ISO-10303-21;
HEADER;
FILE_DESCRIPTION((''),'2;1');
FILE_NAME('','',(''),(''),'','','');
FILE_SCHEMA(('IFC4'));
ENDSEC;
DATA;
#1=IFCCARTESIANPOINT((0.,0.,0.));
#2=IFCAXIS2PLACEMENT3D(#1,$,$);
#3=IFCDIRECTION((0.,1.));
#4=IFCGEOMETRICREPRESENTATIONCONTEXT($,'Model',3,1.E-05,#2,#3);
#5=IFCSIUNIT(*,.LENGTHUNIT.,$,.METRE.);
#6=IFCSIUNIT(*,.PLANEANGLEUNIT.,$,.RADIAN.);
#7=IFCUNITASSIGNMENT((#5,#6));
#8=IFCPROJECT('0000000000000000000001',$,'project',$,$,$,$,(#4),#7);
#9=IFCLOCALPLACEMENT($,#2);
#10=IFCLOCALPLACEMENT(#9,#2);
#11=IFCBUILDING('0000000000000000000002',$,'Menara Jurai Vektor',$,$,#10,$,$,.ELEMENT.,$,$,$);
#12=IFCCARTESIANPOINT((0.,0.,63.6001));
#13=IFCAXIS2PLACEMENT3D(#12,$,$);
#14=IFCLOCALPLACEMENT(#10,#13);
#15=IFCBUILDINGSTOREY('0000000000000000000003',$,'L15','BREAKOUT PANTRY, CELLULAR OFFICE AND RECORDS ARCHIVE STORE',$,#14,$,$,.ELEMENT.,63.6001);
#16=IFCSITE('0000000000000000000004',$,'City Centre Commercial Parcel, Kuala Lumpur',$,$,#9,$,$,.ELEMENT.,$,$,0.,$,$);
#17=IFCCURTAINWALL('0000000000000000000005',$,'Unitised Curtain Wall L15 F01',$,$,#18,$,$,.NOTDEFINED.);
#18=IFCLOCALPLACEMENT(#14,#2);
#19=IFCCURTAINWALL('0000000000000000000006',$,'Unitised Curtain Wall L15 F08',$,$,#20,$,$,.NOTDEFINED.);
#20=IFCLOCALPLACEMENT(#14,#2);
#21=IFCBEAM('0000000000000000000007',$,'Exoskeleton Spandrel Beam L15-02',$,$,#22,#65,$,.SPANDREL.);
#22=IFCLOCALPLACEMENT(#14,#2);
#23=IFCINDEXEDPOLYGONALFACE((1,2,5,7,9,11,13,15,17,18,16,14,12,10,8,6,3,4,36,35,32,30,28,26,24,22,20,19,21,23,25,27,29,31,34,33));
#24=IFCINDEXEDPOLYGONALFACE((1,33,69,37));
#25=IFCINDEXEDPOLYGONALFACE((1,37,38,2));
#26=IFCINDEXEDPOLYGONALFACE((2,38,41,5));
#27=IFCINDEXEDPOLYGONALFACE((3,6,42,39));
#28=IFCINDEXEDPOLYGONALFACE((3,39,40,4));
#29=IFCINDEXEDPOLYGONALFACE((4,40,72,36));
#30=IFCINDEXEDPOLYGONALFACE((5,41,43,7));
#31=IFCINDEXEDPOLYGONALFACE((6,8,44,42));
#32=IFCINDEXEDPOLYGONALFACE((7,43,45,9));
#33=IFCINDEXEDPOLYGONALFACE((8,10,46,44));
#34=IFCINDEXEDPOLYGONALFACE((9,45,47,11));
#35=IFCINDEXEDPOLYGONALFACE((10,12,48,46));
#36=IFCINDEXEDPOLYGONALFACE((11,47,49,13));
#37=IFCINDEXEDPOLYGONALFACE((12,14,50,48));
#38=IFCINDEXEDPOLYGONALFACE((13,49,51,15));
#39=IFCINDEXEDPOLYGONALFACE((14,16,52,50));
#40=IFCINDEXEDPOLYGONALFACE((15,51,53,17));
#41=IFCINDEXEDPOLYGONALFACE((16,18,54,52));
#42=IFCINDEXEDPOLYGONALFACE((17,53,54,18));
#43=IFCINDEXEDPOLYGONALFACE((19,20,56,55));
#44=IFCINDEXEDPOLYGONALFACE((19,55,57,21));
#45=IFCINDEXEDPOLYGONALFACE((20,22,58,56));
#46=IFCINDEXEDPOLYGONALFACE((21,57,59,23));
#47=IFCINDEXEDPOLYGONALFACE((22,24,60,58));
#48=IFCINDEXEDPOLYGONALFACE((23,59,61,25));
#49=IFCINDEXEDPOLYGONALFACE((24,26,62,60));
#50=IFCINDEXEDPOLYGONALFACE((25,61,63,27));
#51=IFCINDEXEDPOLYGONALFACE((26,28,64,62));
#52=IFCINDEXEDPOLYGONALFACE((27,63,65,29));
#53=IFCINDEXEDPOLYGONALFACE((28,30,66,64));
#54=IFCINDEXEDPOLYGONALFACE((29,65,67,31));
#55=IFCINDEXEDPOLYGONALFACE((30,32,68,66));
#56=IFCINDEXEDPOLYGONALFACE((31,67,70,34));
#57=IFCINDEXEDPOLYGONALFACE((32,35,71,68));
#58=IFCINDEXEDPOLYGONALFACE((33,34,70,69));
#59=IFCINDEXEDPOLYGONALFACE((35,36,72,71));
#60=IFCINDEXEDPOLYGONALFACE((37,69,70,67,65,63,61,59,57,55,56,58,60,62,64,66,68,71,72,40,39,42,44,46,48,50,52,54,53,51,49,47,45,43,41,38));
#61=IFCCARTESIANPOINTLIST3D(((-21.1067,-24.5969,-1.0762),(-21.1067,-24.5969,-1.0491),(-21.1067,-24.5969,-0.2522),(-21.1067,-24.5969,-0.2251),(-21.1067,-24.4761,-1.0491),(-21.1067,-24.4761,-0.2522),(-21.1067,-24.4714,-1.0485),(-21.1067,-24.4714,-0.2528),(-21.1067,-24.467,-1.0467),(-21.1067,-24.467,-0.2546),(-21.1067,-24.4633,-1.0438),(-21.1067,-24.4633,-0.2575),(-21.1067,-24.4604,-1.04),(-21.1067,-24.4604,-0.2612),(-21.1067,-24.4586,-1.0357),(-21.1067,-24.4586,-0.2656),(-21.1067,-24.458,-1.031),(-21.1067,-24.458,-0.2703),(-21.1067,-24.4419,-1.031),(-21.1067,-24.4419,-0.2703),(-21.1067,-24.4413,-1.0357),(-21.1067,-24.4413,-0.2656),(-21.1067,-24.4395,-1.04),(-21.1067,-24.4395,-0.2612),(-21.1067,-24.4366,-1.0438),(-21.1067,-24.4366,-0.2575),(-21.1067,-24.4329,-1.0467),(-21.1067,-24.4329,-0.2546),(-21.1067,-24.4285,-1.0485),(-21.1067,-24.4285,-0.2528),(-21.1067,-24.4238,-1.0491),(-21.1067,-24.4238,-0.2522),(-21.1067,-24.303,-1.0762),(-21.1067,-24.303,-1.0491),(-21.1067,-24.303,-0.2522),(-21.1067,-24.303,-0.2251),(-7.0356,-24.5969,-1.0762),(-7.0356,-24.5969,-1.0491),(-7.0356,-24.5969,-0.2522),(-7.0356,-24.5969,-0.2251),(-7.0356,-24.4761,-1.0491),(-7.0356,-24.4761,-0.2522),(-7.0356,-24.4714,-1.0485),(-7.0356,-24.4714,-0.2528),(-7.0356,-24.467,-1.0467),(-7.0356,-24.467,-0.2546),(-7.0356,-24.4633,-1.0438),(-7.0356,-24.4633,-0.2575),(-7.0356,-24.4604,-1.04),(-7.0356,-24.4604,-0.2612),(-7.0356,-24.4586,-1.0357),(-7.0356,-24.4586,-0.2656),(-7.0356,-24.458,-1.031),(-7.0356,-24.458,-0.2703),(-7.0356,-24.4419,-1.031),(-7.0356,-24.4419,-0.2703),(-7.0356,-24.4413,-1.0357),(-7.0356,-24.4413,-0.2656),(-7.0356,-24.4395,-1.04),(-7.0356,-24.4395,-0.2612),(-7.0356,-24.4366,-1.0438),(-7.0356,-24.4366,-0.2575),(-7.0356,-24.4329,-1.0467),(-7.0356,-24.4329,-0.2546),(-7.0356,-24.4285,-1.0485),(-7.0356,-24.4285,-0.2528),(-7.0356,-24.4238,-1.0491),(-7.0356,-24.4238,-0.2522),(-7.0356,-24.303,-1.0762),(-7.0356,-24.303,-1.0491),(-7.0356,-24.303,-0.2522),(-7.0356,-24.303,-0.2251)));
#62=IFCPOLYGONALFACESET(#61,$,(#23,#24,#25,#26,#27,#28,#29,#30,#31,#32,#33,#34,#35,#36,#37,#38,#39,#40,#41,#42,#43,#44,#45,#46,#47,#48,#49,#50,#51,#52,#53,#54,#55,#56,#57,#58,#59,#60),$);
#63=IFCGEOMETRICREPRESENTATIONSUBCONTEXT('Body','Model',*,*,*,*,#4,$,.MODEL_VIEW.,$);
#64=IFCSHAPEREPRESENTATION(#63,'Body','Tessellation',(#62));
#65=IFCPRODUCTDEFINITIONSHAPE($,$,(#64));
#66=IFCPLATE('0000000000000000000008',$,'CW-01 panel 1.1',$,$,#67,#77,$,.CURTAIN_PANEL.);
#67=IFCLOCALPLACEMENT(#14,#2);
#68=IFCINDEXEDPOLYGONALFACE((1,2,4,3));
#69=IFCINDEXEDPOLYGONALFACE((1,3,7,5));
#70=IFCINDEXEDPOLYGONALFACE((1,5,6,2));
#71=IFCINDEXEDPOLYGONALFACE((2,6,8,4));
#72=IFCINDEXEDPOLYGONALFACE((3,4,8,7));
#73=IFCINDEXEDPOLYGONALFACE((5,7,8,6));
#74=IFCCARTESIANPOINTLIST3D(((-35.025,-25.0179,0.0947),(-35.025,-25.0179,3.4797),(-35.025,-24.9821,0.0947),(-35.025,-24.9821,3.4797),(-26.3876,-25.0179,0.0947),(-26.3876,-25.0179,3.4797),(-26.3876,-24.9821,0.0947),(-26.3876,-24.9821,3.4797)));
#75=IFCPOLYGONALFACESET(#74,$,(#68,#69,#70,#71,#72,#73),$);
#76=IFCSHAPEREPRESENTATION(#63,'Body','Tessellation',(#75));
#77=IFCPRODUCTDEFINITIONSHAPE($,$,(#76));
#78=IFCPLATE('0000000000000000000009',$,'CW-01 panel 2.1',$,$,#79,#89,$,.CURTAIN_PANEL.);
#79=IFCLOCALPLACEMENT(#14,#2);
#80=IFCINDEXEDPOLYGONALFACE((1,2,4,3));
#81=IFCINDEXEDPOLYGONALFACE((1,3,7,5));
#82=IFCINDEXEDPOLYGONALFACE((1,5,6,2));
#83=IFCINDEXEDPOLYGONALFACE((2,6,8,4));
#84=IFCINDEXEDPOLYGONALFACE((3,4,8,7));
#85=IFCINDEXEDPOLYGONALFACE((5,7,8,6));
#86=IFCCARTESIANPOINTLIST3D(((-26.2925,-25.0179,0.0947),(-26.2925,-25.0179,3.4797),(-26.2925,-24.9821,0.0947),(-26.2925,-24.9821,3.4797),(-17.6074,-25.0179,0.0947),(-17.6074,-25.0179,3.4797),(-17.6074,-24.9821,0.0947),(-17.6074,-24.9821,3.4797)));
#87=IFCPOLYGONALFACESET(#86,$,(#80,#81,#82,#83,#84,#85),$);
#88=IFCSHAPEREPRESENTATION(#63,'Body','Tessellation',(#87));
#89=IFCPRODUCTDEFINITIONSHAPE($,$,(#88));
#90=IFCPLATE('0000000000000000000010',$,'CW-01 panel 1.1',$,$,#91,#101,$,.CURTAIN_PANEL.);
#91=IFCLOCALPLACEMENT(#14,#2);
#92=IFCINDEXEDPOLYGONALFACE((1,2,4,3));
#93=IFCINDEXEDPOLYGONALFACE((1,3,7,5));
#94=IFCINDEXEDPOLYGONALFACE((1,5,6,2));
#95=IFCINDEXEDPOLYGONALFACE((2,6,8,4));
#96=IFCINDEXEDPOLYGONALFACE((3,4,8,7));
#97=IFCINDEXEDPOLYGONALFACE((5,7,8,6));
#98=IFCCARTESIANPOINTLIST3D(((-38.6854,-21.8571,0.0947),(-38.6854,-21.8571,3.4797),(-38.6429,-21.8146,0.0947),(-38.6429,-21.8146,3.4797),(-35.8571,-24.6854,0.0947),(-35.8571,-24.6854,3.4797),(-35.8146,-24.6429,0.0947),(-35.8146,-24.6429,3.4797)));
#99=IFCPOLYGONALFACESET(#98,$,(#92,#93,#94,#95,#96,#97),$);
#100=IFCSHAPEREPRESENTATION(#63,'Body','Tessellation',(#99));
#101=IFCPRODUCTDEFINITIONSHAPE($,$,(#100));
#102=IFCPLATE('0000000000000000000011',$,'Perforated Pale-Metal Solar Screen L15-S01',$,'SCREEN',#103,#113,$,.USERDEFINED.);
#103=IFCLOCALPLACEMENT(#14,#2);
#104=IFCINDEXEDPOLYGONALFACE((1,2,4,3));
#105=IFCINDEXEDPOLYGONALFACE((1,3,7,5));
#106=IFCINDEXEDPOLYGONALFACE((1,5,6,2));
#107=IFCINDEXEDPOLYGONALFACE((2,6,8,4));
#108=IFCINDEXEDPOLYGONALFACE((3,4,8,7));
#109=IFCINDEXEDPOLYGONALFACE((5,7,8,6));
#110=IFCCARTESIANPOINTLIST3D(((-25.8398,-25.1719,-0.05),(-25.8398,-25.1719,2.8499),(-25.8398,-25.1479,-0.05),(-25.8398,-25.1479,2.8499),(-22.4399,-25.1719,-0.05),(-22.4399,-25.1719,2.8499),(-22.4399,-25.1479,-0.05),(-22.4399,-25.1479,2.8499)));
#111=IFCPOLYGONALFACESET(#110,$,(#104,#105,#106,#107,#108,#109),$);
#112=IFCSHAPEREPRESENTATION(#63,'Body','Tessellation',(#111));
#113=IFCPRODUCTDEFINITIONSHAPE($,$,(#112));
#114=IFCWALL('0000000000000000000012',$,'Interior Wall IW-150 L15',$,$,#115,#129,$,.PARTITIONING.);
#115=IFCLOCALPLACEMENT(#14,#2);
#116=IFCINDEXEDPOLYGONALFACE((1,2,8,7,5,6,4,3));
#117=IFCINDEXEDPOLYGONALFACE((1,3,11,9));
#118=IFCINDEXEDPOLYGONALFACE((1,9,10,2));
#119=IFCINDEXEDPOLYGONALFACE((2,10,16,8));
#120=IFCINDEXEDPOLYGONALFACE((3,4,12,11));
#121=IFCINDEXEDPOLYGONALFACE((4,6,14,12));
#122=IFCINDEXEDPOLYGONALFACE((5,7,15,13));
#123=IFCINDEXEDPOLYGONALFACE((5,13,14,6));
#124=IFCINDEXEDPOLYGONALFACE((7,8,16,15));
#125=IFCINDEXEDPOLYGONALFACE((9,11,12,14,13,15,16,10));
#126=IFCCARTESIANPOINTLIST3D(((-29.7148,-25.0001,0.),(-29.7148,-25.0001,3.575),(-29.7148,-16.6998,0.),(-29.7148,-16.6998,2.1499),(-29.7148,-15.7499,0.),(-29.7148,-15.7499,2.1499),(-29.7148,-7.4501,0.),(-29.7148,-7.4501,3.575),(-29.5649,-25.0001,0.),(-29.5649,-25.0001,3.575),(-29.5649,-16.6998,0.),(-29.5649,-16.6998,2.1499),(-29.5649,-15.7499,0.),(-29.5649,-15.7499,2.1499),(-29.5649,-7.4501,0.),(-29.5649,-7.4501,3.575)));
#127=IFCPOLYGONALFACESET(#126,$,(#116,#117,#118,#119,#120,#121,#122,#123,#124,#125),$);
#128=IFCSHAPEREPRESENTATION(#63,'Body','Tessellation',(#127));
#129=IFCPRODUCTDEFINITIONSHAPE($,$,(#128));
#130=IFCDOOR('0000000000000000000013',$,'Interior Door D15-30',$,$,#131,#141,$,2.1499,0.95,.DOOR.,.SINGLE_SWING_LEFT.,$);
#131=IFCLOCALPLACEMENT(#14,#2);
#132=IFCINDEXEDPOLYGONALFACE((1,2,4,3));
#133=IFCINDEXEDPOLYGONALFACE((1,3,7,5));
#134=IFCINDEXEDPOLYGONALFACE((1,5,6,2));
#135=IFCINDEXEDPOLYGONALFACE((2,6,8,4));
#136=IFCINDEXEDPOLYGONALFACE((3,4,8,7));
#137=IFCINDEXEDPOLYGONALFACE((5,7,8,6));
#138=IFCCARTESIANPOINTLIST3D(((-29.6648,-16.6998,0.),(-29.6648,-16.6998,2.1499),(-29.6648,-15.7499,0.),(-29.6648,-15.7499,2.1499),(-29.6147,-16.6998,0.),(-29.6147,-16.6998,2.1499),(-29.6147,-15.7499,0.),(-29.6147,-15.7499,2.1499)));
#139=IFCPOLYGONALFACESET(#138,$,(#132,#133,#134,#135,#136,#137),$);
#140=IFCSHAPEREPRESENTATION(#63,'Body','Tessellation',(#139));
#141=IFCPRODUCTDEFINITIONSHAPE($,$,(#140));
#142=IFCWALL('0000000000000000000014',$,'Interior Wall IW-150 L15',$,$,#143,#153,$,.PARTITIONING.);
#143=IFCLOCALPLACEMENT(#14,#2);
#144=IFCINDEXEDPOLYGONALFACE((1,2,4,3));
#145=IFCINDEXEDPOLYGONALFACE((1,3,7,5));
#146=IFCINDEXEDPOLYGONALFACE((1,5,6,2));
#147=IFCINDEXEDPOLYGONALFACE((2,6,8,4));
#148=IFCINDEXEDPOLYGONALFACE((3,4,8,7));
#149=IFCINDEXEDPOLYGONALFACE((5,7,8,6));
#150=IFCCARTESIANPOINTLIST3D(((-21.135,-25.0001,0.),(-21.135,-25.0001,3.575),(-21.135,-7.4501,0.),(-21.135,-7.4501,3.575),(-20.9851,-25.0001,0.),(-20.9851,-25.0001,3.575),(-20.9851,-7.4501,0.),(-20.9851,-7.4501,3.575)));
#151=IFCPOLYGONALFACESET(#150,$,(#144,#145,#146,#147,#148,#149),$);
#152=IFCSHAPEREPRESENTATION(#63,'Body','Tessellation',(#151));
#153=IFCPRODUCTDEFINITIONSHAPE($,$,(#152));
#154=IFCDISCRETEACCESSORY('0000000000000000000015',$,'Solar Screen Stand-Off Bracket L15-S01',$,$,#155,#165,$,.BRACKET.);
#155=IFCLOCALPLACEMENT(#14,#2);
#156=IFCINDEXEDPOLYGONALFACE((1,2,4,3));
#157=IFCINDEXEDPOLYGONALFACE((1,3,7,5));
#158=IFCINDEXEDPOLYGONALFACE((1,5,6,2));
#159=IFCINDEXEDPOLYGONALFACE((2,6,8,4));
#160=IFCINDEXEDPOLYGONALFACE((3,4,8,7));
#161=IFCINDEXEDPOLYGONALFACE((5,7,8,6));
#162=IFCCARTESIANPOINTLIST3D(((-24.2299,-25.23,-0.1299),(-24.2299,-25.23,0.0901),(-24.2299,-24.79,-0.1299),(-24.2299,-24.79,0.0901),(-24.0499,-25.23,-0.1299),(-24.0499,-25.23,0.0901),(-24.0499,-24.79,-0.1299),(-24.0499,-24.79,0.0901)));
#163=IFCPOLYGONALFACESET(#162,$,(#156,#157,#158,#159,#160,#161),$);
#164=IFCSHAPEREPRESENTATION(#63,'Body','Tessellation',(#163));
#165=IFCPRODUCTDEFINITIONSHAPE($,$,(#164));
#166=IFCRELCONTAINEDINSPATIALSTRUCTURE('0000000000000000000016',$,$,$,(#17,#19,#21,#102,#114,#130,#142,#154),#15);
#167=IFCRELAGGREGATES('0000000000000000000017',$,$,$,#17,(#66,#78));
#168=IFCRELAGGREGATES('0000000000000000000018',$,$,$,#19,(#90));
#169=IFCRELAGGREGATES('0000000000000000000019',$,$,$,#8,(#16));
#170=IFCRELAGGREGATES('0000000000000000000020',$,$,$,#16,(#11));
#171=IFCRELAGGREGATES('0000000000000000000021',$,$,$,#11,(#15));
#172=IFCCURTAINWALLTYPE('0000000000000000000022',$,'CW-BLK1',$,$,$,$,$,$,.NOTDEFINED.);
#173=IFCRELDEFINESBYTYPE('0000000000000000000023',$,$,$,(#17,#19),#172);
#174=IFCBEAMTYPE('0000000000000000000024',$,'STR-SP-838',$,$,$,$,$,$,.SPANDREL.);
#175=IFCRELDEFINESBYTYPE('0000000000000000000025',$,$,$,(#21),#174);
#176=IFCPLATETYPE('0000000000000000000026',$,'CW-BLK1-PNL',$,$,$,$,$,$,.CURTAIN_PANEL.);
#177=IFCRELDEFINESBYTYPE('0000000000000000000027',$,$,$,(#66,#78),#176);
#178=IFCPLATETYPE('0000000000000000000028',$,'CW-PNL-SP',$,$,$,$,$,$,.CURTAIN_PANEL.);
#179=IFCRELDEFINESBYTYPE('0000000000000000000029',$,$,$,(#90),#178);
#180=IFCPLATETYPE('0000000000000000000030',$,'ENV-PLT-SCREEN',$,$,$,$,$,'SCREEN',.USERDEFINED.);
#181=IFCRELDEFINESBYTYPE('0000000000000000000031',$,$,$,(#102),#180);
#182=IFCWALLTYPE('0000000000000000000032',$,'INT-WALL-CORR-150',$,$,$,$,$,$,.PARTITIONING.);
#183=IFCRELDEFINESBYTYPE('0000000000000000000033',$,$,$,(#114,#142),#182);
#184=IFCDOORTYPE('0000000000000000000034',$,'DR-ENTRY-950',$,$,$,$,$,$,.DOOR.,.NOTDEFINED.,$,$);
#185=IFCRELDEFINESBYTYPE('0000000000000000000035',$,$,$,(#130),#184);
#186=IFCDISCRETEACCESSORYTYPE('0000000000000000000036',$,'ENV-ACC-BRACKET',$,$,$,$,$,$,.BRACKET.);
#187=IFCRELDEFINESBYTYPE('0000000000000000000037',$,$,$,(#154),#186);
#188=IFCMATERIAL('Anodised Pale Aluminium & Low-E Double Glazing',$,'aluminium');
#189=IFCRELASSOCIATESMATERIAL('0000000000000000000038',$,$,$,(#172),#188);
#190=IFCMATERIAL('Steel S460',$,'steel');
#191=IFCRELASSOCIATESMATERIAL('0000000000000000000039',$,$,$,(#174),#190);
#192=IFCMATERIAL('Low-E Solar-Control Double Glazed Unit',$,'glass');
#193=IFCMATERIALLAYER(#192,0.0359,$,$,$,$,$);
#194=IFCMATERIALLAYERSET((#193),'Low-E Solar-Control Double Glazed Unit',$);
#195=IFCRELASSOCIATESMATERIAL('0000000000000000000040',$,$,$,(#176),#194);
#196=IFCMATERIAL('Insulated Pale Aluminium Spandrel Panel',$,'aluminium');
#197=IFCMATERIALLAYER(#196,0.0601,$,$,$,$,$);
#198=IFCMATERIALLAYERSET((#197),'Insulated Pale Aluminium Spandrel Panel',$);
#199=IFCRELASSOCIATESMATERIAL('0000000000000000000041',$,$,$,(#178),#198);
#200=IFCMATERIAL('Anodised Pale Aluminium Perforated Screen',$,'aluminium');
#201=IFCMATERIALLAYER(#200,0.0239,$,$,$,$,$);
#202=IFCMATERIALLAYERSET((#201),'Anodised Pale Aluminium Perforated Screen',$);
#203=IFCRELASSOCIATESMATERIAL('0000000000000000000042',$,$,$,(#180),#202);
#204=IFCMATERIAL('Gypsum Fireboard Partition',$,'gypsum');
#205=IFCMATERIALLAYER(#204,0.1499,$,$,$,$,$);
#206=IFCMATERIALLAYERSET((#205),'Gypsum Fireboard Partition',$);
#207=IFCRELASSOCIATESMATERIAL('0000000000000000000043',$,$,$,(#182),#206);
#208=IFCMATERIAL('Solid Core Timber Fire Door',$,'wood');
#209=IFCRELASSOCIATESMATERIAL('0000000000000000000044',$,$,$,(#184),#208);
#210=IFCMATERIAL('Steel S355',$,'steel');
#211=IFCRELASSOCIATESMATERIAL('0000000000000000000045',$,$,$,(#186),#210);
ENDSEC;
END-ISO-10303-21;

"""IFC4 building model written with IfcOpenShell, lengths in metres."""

from ifc_helpers import new_model, si_unit, direction, frame, frame_2d, origin, origin_2d, place, context, subcontext, project, spatial, rectangle, i_section, extrude, material, layer, layer_set, material_profile, profile_set, type_object, element, fill, aggregate, save


model = new_model("IFC4")

# Units and contexts
model_context = context("Model", 3, precision=1e-05, world=origin(), true_north=direction((0.0, 1.0)))
body_context = subcontext(model_context, "Body", "Model", "MODEL_VIEW")
ifc_project = project(units=[si_unit("LENGTHUNIT", "METRE"), si_unit("PLANEANGLEUNIT", "RADIAN")], contexts=[model_context])

# Site, building, storey
site_placement = place(None, origin())
site = spatial("IfcSite", under=ifc_project, at=site_placement, Name="City Centre Commercial Parcel, Kuala Lumpur", CompositionType="ELEMENT", RefElevation=0.0)
building_placement = place(site_placement, origin())
building = spatial("IfcBuilding", under=site, at=building_placement, Name="Menara Jurai Vektor", CompositionType="ELEMENT")
storey_placement = place(building_placement, frame((0.0, 0.0, 63.6001)))
storey = spatial("IfcBuildingStorey", under=building, at=storey_placement, Name="L15", Description="BREAKOUT PANTRY, CELLULAR OFFICE AND RECORDS ARCHIVE STORE", CompositionType="ELEMENT", Elevation=63.6001)

# Shared definitions
ifc_material_1 = material(Name="Steel S460", Category="steel")

# Curtain walls
ifc_material_2 = material(Name="Anodised Pale Aluminium & Low-E Double Glazing", Category="aluminium")
curtain_wall_type = type_object("IfcCurtainWallType", Name="CW-BLK1", PredefinedType="NOTDEFINED", material=ifc_material_2)
curtain_wall_1_placement = place(storey_placement, origin())
curtain_wall_1 = element("IfcCurtainWall", 1, at=curtain_wall_1_placement, inside=storey, type_object=curtain_wall_type, Name="Unitised Curtain Wall L15 F01", PredefinedType="NOTDEFINED")
curtain_wall_2_placement = place(storey_placement, origin())
curtain_wall_2 = element("IfcCurtainWall", 2, at=curtain_wall_2_placement, inside=storey, type_object=curtain_wall_type, Name="Unitised Curtain Wall L15 F08", PredefinedType="NOTDEFINED")

# Shared definitions
ifc_material_3 = material(Name="Steel S355", Category="steel")

# Beam
ifc_material_profile_1 = material_profile(ifc_material_1, i_section(OverallWidth=0.2939, OverallDepth=0.8511, WebThickness=0.0161, FlangeThickness=0.0271, FilletRadius=0.0181, at=origin_2d()), Name="UKB 838x292x226")
ifc_profile_set_1 = profile_set([ifc_material_profile_1], Name="Steel S460")
beam_type_1 = type_object("IfcBeamType", Name="STR-SP-838", PredefinedType="SPANDREL", material=ifc_profile_set_1)
for number, where, z_axis, x_axis, name in (
    (3, (-21.1067, -24.45, -0.6506), (1.0, 0.0, 0.0), (0.0, 1.0, 0.0), "Exoskeleton Spandrel Beam L15-02"),
):
    element("IfcBeam", number, at=place(storey_placement, frame(where, z_axis=z_axis, x_axis=x_axis)), inside=storey, type_object=beam_type_1, Name=name, PredefinedType="SPANDREL", context=body_context, shape_type="SweptSolid", body=[
        extrude(i_section(OverallWidth=0.2939, OverallDepth=0.8511, WebThickness=0.0161, FlangeThickness=0.0271, FilletRadius=0.0181, at=origin_2d()), origin(), (0.0, 0.0, 1.0), 14.071),
    ])

# Plates
ifc_material_4 = material(Name="Low-E Solar-Control Double Glazed Unit", Category="glass")
ifc_layer_1 = layer(ifc_material_4, 0.0359)
ifc_layer_set_1 = layer_set([ifc_layer_1], Name="Low-E Solar-Control Double Glazed Unit")
plate_type_1 = type_object("IfcPlateType", Name="CW-BLK1-PNL", PredefinedType="CURTAIN_PANEL", material=ifc_layer_set_1)
plate_1_placement = place(storey_placement, frame((-30.7063, -25.0, 0.0947), z_axis=(0.0, 0.0, 1.0), x_axis=(1.0, 0.0, 0.0)))
plate_1 = element("IfcPlate", 4, at=plate_1_placement, type_object=plate_type_1, Name="CW-01 panel 1.1", PredefinedType="CURTAIN_PANEL", context=body_context, shape_type="SweptSolid", body=[
    extrude(rectangle(XDim=8.6375, YDim=0.0359, at=origin_2d()), origin(), (0.0, 0.0, 1.0), 3.385),
])
plate_2_placement = place(storey_placement, frame((-21.95, -25.0, 0.0947), z_axis=(0.0, 0.0, 1.0), x_axis=(1.0, 0.0, 0.0)))
plate_2 = element("IfcPlate", 5, at=plate_2_placement, type_object=plate_type_1, Name="CW-01 panel 2.1", PredefinedType="CURTAIN_PANEL", context=body_context, shape_type="SweptSolid", body=[
    extrude(rectangle(XDim=8.6851, YDim=0.0359, at=origin_2d()), origin(), (0.0, 0.0, 1.0), 3.385),
])
aggregate(curtain_wall_1, [plate_1, plate_2])
ifc_material_5 = material(Name="Insulated Pale Aluminium Spandrel Panel", Category="aluminium")
ifc_layer_2 = layer(ifc_material_5, 0.0601)
ifc_layer_set_2 = layer_set([ifc_layer_2], Name="Insulated Pale Aluminium Spandrel Panel")
plate_type_2 = type_object("IfcPlateType", Name="CW-PNL-SP", PredefinedType="CURTAIN_PANEL", material=ifc_layer_set_2)
plate_3_placement = place(storey_placement, frame((-37.25, -23.25, 0.0947), z_axis=(0.0, 0.0, 1.0), x_axis=(0.707107, -0.707107, 0.0)))
plate_3 = element("IfcPlate", 6, at=plate_3_placement, type_object=plate_type_2, Name="CW-01 panel 1.1", PredefinedType="CURTAIN_PANEL", context=body_context, shape_type="SweptSolid", body=[
    extrude(rectangle(XDim=3.9998, YDim=0.0601, at=origin_2d()), origin(), (0.0, 0.0, 1.0), 3.385),
])
aggregate(curtain_wall_2, [plate_3])
ifc_material_6 = material(Name="Anodised Pale Aluminium Perforated Screen", Category="aluminium")
ifc_layer_3 = layer(ifc_material_6, 0.0239)
ifc_layer_set_3 = layer_set([ifc_layer_3], Name="Anodised Pale Aluminium Perforated Screen")
plate_type_3 = type_object("IfcPlateType", Name="ENV-PLT-SCREEN", ElementType="SCREEN", PredefinedType="USERDEFINED", material=ifc_layer_set_3)
plate_4_placement = place(storey_placement, frame((-24.1399, -25.1599, -0.05), z_axis=(0.0, 0.0, 1.0), x_axis=(1.0, 0.0, 0.0)))
element("IfcPlate", 7, at=plate_4_placement, inside=storey, type_object=plate_type_3, Name="Perforated Pale-Metal Solar Screen L15-S01", ObjectType="SCREEN", PredefinedType="USERDEFINED", context=body_context, shape_type="SweptSolid", body=[
    extrude(rectangle(XDim=3.3999, YDim=0.0239, at=origin_2d()), origin(), (0.0, 0.0, 1.0), 2.8999),
])

# Wall, opening, door
ifc_material_7 = material(Name="Gypsum Fireboard Partition", Category="gypsum")
ifc_layer_4 = layer(ifc_material_7, 0.1499)
ifc_layer_set_4 = layer_set([ifc_layer_4], Name="Gypsum Fireboard Partition")
wall_type = type_object("IfcWallType", Name="INT-WALL-CORR-150", PredefinedType="PARTITIONING", material=ifc_layer_set_4)
wall_1_placement = place(storey_placement, frame((-29.6399, -25.0, 0.0), z_axis=(0.0, 0.0, 1.0), x_axis=(0.0, 1.0, 0.0)))
wall_1 = element("IfcWall", 8, at=wall_1_placement, inside=storey, type_object=wall_type, Name="Interior Wall IW-150 L15", PredefinedType="PARTITIONING", context=body_context, shape_type="SweptSolid", body=[
    extrude(rectangle(XDim=17.55, YDim=0.1499, at=frame_2d((8.7749, 0.0))), origin(), (0.0, 0.0, 1.0), 3.575),
])
opening_placement = place(wall_1_placement, frame((8.3, 0.0, 0.0)))
opening = element("IfcOpeningElement", 9, at=opening_placement, cuts=wall_1, PredefinedType="OPENING", context=body_context, shape_type="SweptSolid", body=[
    extrude(rectangle(XDim=0.95, YDim=2.1499, at=frame_2d((0.4751, 1.075))), frame((0.0, 0.085, 0.0), z_axis=(0.0, -1.0, 0.0), x_axis=(1.0, 0.0, 0.0)), (0.0, 0.0, 1.0), 0.1699),
])
ifc_material_8 = material(Name="Solid Core Timber Fire Door", Category="wood")
door_type = type_object("IfcDoorType", Name="DR-ENTRY-950", OperationType="NOTDEFINED", PredefinedType="DOOR", material=ifc_material_8)
door_placement = place(opening_placement, origin())
door = element("IfcDoor", 10, at=door_placement, inside=storey, type_object=door_type, Name="Interior Door D15-30", OperationType="SINGLE_SWING_LEFT", OverallHeight=2.1499, OverallWidth=0.95, PredefinedType="DOOR", context=body_context, shape_type="SweptSolid", body=[
    extrude(rectangle(XDim=0.95, YDim=2.1499, at=frame_2d((0.4751, 1.075))), frame((0.0, 0.0249, 0.0), z_axis=(0.0, -1.0, 0.0), x_axis=(1.0, 0.0, 0.0)), (0.0, 0.0, 1.0), 0.05),
])
fill(opening, door)

# Wall
wall_2_placement = place(storey_placement, frame((-21.0601, -25.0, 0.0), z_axis=(0.0, 0.0, 1.0), x_axis=(0.0, 1.0, 0.0)))
element("IfcWall", 11, at=wall_2_placement, inside=storey, type_object=wall_type, Name="Interior Wall IW-150 L15", PredefinedType="PARTITIONING", context=body_context, shape_type="SweptSolid", body=[
    extrude(rectangle(XDim=17.55, YDim=0.1499, at=frame_2d((8.7749, 0.0))), origin(), (0.0, 0.0, 1.0), 3.575),
])

# Discrete accessory
discrete_accessory_type = type_object("IfcDiscreteAccessoryType", Name="ENV-ACC-BRACKET", PredefinedType="BRACKET", material=ifc_material_3)
discrete_accessory_placement = place(storey_placement, frame((-24.1399, -25.01, -0.1299), z_axis=(0.0, 0.0, 1.0), x_axis=(1.0, 0.0, 0.0)))
element("IfcDiscreteAccessory", 12, at=discrete_accessory_placement, inside=storey, type_object=discrete_accessory_type, Name="Solar Screen Stand-Off Bracket L15-S01", PredefinedType="BRACKET", context=body_context, shape_type="SweptSolid", body=[
    extrude(rectangle(XDim=0.1799, YDim=0.4399, at=origin_2d()), origin(), (0.0, 0.0, 1.0), 0.22),
])

save(model, "model.ifc")
